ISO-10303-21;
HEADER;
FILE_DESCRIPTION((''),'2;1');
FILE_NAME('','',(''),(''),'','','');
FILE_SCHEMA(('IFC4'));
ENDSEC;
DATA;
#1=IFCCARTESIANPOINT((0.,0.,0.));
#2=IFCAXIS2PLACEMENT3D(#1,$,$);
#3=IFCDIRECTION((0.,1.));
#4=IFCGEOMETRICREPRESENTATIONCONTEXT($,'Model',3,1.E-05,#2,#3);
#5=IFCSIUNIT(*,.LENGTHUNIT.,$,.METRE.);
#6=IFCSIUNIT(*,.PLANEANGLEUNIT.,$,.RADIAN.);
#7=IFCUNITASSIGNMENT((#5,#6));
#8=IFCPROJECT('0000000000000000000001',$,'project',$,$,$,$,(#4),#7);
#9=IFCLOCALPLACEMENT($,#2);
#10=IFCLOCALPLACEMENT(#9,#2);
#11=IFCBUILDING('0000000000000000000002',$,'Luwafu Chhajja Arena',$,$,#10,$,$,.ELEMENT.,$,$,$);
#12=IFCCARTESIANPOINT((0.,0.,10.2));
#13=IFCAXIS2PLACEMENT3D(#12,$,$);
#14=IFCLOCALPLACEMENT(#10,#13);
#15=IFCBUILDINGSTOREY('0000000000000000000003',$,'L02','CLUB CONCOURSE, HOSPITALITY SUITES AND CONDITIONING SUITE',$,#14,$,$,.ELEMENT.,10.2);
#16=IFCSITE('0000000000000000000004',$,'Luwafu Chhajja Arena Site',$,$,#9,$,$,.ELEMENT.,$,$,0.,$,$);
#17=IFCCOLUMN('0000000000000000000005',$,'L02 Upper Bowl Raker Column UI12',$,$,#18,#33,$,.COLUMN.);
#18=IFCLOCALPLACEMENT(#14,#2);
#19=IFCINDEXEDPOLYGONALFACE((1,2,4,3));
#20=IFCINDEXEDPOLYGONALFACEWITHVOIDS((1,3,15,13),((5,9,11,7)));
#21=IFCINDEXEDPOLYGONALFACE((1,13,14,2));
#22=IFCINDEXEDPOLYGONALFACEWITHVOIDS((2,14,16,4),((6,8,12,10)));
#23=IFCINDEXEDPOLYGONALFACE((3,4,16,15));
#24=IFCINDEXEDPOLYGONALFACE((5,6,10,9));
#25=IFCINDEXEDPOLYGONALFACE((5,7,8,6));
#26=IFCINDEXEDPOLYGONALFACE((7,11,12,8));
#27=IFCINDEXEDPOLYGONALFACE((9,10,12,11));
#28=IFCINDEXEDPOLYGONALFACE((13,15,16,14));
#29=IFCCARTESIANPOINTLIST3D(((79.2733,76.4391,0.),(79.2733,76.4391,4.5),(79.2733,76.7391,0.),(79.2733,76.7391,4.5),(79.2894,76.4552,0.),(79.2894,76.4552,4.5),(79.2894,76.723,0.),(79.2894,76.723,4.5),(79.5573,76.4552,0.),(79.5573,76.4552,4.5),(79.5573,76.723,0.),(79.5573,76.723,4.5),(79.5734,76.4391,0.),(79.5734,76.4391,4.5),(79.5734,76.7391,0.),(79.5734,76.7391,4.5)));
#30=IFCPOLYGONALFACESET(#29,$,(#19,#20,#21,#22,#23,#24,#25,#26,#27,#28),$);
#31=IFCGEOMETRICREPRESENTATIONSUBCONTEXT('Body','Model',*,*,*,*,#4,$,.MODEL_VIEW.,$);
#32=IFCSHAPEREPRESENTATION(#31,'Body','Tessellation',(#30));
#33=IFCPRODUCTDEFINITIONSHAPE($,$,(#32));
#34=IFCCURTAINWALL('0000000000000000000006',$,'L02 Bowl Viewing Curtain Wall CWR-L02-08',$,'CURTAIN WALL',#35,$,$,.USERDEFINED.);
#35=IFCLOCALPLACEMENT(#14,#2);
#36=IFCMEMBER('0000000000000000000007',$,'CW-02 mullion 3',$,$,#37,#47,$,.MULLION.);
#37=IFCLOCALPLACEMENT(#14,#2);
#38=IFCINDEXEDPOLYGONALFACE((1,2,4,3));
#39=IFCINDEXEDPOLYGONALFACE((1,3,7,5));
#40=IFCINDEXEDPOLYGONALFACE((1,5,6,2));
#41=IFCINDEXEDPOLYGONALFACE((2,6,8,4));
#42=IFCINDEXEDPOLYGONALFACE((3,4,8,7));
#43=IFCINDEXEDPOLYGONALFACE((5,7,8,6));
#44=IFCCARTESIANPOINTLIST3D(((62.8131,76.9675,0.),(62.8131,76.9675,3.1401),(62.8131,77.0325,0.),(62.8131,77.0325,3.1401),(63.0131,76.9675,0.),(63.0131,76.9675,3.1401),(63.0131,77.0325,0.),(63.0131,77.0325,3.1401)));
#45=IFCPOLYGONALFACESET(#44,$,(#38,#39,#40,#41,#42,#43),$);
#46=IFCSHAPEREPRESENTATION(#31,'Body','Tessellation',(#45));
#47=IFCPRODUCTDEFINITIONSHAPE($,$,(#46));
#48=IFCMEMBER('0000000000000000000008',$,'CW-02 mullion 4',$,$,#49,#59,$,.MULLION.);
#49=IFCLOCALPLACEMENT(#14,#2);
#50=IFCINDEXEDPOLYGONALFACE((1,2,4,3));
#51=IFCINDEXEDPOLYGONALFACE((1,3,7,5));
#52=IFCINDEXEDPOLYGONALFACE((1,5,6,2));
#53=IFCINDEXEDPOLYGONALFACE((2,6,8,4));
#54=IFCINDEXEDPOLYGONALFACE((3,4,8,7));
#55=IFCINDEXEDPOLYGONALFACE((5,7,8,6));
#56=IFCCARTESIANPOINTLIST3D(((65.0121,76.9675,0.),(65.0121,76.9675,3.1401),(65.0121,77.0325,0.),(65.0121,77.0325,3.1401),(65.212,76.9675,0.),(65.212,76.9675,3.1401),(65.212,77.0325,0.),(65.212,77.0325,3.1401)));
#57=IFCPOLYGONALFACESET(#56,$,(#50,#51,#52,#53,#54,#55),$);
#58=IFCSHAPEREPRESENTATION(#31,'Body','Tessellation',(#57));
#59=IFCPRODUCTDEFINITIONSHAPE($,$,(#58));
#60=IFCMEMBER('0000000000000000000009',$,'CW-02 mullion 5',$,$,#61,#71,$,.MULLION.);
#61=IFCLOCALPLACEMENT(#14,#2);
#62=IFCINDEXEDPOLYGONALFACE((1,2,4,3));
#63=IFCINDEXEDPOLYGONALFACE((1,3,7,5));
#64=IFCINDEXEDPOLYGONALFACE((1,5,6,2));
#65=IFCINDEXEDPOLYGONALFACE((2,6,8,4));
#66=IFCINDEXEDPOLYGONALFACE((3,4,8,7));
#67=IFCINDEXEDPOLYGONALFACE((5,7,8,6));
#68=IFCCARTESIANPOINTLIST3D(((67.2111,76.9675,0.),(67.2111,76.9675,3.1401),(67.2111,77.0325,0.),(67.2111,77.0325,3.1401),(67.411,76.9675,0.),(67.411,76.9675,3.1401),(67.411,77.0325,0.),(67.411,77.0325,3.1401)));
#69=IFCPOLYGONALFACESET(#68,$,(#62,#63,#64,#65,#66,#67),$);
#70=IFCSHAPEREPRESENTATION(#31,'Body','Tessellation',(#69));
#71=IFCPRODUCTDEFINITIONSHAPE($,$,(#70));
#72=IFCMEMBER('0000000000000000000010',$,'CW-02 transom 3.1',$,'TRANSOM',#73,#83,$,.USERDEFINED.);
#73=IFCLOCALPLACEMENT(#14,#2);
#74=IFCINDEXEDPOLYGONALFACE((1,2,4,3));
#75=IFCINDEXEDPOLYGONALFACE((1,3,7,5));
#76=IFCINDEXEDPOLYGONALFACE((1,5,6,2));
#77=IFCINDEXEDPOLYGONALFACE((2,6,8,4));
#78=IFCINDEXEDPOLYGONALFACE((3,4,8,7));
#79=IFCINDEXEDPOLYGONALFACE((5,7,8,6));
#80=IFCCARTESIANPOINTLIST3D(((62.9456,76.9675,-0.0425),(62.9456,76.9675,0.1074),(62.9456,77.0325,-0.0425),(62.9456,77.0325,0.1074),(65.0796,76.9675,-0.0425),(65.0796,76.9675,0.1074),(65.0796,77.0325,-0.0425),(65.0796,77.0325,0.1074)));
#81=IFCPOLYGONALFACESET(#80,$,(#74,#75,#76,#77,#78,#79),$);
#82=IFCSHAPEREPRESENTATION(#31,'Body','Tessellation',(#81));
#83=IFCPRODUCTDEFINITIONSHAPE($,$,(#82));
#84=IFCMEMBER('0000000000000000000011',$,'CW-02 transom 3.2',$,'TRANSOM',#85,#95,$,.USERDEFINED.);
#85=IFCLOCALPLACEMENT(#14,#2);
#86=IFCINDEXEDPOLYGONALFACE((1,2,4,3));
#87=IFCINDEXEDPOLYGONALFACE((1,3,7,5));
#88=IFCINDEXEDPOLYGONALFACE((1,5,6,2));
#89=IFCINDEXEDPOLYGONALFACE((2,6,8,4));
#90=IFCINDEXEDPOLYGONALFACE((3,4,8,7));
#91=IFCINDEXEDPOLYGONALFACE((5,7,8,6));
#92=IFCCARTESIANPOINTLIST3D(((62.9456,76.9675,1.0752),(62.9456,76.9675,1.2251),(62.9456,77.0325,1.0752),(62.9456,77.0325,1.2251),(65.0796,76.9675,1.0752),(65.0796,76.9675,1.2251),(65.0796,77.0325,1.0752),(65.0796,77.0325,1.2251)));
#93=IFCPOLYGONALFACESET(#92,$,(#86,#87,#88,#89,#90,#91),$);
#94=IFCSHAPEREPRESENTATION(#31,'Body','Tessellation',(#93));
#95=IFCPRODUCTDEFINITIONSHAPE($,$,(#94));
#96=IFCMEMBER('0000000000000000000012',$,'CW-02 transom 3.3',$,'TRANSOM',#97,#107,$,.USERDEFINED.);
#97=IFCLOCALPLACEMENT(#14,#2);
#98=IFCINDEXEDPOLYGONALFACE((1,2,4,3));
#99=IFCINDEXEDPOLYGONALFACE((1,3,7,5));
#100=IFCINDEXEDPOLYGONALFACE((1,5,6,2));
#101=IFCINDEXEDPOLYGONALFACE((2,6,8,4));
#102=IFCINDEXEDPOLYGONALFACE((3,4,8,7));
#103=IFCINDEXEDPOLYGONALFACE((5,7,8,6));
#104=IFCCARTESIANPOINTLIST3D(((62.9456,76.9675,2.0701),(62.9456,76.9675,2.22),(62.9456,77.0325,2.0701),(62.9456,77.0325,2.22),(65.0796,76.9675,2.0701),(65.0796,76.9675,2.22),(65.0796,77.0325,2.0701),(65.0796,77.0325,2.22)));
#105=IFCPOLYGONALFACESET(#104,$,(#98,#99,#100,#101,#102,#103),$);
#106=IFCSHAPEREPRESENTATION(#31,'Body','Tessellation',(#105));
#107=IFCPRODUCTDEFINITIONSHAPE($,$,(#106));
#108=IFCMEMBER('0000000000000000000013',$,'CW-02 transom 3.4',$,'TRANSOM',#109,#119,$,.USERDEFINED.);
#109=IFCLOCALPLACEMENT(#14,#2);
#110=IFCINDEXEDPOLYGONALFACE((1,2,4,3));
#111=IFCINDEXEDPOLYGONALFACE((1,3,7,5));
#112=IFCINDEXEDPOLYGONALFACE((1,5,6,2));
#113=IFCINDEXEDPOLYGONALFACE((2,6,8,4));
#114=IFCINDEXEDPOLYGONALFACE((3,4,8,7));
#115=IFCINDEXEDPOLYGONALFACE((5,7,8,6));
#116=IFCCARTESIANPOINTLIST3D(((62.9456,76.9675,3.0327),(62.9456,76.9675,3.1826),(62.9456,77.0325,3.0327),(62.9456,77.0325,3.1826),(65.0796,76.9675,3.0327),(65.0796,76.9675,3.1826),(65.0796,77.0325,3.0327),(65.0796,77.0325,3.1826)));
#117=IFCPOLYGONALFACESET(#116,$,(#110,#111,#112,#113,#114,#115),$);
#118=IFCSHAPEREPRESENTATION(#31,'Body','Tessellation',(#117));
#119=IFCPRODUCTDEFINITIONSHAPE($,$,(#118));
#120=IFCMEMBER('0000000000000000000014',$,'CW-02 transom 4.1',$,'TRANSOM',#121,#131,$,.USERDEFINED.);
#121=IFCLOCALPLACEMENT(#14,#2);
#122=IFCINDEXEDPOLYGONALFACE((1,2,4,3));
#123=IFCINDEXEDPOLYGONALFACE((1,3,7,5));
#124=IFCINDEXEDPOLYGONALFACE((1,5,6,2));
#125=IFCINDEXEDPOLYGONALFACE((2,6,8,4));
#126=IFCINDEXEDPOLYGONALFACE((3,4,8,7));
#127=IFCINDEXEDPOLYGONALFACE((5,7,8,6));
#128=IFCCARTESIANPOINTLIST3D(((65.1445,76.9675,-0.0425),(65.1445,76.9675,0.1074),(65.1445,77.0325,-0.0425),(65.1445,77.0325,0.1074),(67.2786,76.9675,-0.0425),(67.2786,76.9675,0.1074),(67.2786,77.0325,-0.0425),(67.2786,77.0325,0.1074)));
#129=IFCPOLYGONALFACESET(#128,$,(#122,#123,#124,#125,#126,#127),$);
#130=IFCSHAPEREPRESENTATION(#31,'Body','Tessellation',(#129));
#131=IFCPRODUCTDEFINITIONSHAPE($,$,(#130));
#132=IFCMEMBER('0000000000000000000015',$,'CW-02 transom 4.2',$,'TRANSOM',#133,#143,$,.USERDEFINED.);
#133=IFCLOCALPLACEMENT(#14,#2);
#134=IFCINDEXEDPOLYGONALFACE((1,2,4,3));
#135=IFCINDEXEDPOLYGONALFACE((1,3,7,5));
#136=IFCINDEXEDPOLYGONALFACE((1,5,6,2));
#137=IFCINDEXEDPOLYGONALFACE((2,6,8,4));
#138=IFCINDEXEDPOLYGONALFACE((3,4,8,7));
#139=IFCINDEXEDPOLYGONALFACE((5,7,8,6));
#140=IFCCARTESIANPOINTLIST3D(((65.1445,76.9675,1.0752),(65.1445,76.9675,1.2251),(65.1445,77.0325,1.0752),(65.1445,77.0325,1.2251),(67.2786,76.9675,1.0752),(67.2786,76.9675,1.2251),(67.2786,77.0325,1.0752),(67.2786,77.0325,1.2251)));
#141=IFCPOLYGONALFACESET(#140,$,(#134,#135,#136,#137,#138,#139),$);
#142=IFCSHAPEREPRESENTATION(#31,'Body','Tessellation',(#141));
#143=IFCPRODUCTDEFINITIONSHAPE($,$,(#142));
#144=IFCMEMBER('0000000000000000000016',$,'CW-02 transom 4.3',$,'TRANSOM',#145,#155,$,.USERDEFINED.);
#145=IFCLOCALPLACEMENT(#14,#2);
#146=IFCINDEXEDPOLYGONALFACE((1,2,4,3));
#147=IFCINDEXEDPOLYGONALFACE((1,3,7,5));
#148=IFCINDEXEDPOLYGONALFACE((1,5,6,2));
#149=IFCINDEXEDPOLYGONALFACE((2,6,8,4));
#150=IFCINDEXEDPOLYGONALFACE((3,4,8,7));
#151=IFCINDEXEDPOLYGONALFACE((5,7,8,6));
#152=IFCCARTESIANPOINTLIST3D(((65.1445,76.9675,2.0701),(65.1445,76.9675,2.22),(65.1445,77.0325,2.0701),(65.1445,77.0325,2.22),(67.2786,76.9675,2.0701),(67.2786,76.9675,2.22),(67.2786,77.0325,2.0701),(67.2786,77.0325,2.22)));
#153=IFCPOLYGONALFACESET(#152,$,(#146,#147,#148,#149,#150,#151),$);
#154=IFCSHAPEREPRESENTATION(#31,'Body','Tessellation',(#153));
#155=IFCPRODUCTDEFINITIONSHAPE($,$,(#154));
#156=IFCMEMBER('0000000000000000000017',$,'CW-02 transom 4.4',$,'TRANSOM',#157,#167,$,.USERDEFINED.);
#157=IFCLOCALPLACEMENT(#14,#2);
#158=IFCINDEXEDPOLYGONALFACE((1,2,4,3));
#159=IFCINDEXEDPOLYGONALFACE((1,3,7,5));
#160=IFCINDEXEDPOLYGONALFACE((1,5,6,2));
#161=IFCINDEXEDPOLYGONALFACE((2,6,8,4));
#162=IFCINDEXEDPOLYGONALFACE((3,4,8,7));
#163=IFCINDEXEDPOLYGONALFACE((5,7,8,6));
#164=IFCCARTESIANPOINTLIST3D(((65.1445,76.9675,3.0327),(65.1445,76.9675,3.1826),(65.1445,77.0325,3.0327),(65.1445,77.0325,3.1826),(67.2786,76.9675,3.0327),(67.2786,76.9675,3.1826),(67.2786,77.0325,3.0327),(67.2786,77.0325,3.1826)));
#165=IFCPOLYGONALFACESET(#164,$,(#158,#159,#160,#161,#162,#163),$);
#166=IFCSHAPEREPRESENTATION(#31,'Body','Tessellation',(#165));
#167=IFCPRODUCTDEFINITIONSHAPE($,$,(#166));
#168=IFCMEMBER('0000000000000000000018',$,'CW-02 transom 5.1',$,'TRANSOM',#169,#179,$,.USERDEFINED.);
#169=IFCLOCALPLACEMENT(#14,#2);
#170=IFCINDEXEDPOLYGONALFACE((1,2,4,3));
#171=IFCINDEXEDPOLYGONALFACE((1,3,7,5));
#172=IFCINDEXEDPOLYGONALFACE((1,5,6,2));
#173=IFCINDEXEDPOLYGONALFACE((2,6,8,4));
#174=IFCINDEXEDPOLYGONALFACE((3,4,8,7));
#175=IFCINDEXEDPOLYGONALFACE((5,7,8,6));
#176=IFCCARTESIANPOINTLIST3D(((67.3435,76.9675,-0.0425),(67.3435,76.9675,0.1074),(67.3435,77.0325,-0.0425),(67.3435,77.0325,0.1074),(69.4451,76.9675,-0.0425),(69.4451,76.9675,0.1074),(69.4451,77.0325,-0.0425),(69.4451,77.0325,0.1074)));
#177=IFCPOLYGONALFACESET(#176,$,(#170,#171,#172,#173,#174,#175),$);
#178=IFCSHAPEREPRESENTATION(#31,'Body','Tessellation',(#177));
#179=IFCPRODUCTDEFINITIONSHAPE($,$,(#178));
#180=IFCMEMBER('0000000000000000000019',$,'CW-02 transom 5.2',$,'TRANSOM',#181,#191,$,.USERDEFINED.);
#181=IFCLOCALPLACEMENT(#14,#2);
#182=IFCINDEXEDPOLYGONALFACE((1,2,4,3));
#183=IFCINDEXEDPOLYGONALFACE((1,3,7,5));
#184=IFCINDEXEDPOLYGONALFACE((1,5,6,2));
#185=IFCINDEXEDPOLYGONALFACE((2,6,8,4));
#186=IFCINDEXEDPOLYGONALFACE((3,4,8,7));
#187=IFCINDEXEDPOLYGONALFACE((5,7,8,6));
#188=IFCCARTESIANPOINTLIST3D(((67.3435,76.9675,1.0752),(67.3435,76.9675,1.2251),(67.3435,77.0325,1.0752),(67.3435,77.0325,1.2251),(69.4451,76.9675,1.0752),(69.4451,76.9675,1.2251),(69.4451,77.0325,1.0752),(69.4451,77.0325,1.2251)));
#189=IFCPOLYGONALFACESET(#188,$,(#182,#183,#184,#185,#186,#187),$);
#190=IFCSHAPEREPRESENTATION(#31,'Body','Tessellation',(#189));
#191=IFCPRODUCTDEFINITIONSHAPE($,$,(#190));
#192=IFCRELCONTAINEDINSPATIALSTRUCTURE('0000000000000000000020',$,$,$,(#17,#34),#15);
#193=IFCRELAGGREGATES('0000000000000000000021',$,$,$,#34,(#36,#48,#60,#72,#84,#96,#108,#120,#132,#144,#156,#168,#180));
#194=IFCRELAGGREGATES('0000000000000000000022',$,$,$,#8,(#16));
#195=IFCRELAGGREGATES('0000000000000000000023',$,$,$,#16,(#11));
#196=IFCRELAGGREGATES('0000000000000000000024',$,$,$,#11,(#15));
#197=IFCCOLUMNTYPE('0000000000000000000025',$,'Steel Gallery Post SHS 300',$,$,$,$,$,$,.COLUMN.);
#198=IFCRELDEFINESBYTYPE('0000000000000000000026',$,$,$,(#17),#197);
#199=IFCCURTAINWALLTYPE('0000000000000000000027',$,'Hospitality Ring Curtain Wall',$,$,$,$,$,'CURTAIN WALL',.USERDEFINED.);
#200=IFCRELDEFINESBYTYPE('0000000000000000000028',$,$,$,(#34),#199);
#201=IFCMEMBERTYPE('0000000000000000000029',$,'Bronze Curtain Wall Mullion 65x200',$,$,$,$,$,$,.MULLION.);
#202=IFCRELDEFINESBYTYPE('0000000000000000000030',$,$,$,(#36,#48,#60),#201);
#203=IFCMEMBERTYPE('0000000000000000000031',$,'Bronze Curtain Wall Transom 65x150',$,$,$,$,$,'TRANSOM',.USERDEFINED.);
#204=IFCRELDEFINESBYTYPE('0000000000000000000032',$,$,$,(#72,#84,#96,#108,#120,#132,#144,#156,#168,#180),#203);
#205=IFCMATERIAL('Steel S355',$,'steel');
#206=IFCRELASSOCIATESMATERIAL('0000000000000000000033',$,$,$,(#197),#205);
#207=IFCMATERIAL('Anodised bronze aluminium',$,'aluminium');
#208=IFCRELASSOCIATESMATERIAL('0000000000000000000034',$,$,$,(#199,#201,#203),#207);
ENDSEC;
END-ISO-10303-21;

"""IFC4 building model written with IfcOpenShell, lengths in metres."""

from ifc_helpers import new_model, si_unit, direction, frame, origin, origin_2d, place, context, subcontext, project, spatial, rectangle, hollow_rectangle, extrude, material, material_profile, profile_set, type_object, element, aggregate, save


model = new_model("IFC4")

# Units and contexts
model_context = context("Model", 3, precision=1e-05, world=origin(), true_north=direction((0.0, 1.0)))
body_context = subcontext(model_context, "Body", "Model", "MODEL_VIEW")
ifc_project = project(units=[si_unit("LENGTHUNIT", "METRE"), si_unit("PLANEANGLEUNIT", "RADIAN")], contexts=[model_context])

# Site, building, storey
site_placement = place(None, origin())
site = spatial("IfcSite", under=ifc_project, at=site_placement, Name="Luwafu Chhajja Arena Site", CompositionType="ELEMENT", RefElevation=0.0)
building_placement = place(site_placement, origin())
building = spatial("IfcBuilding", under=site, at=building_placement, Name="Luwafu Chhajja Arena", CompositionType="ELEMENT")
storey_placement = place(building_placement, frame((0.0, 0.0, 10.2)))
storey = spatial("IfcBuildingStorey", under=building, at=storey_placement, Name="L02", Description="CLUB CONCOURSE, HOSPITALITY SUITES AND CONDITIONING SUITE", CompositionType="ELEMENT", Elevation=10.2)

# Column
ifc_material_1 = material(Name="Steel S355", Category="steel")
ifc_material_profile_1 = material_profile(ifc_material_1, hollow_rectangle(XDim=0.3, YDim=0.3, WallThickness=0.0161, at=origin_2d()), Name="SHS 300x300x16")
ifc_profile_set_1 = profile_set([ifc_material_profile_1], Name="Steel S355")
column_type = type_object("IfcColumnType", Name="Steel Gallery Post SHS 300", PredefinedType="COLUMN", material=ifc_profile_set_1)
column_placement = place(storey_placement, frame((79.4233, 76.5891, 0.0), z_axis=(0.0, 0.0, 1.0), x_axis=(1.0, 0.0, 0.0)))
element("IfcColumn", 1, at=column_placement, inside=storey, type_object=column_type, Name="L02 Upper Bowl Raker Column UI12", PredefinedType="COLUMN", context=body_context, shape_type="SweptSolid", body=[
    extrude(hollow_rectangle(XDim=0.3, YDim=0.3, WallThickness=0.0161, at=origin_2d()), origin(), (0.0, 0.0, 1.0), 4.5),
])

# Curtain wall, members
ifc_material_2 = material(Name="Anodised bronze aluminium", Category="aluminium")
curtain_wall_type = type_object("IfcCurtainWallType", Name="Hospitality Ring Curtain Wall", ElementType="CURTAIN WALL", PredefinedType="USERDEFINED", material=ifc_material_2)
curtain_wall_placement = place(storey_placement, origin())
curtain_wall = element("IfcCurtainWall", 2, at=curtain_wall_placement, inside=storey, type_object=curtain_wall_type, Name="L02 Bowl Viewing Curtain Wall CWR-L02-08", ObjectType="CURTAIN WALL", PredefinedType="USERDEFINED")
ifc_material_profile_2 = material_profile(ifc_material_2, rectangle(XDim=0.0649, YDim=0.2, at=origin_2d()), Name="CWM 65x200")
ifc_profile_set_2 = profile_set([ifc_material_profile_2], Name="Anodised bronze aluminium")
member_type_1 = type_object("IfcMemberType", Name="Bronze Curtain Wall Mullion 65x200", PredefinedType="MULLION", material=ifc_profile_set_2)
member_1_placement = place(storey_placement, frame((62.9131, 77.0, 0.0), z_axis=(0.0, 0.0, 1.0), x_axis=(0.0, 1.0, 0.0)))
member_1 = element("IfcMember", 3, at=member_1_placement, type_object=member_type_1, Name="CW-02 mullion 3", PredefinedType="MULLION", context=body_context, shape_type="SweptSolid", body=[
    extrude(rectangle(XDim=0.0649, YDim=0.2, at=origin_2d()), origin(), (0.0, 0.0, 1.0), 3.1401),
])
member_2_placement = place(storey_placement, frame((65.1121, 77.0, 0.0), z_axis=(0.0, 0.0, 1.0), x_axis=(0.0, 1.0, 0.0)))
member_2 = element("IfcMember", 4, at=member_2_placement, type_object=member_type_1, Name="CW-02 mullion 4", PredefinedType="MULLION", context=body_context, shape_type="SweptSolid", body=[
    extrude(rectangle(XDim=0.0649, YDim=0.2, at=origin_2d()), origin(), (0.0, 0.0, 1.0), 3.1401),
])
member_3_placement = place(storey_placement, frame((67.311, 77.0, 0.0), z_axis=(0.0, 0.0, 1.0), x_axis=(0.0, 1.0, 0.0)))
member_3 = element("IfcMember", 5, at=member_3_placement, type_object=member_type_1, Name="CW-02 mullion 5", PredefinedType="MULLION", context=body_context, shape_type="SweptSolid", body=[
    extrude(rectangle(XDim=0.0649, YDim=0.2, at=origin_2d()), origin(), (0.0, 0.0, 1.0), 3.1401),
])
ifc_material_profile_3 = material_profile(ifc_material_2, rectangle(XDim=0.0649, YDim=0.1499, at=origin_2d()), Name="CWT 65x150")
ifc_profile_set_3 = profile_set([ifc_material_profile_3], Name="Anodised bronze aluminium")
member_type_2 = type_object("IfcMemberType", Name="Bronze Curtain Wall Transom 65x150", ElementType="TRANSOM", PredefinedType="USERDEFINED", material=ifc_profile_set_3)
member_4_placement = place(storey_placement, frame((62.9456, 77.0, 0.0325), z_axis=(1.0, 0.0, 0.0), x_axis=(0.0, 1.0, 0.0)))
member_4 = element("IfcMember", 6, at=member_4_placement, type_object=member_type_2, Name="CW-02 transom 3.1", ObjectType="TRANSOM", PredefinedType="USERDEFINED", context=body_context, shape_type="SweptSolid", body=[
    extrude(rectangle(XDim=0.0649, YDim=0.1499, at=origin_2d()), origin(), (0.0, 0.0, 1.0), 2.134),
])
member_5_placement = place(storey_placement, frame((62.9456, 77.0, 1.1501), z_axis=(1.0, 0.0, 0.0), x_axis=(0.0, 1.0, 0.0)))
member_5 = element("IfcMember", 7, at=member_5_placement, type_object=member_type_2, Name="CW-02 transom 3.2", ObjectType="TRANSOM", PredefinedType="USERDEFINED", context=body_context, shape_type="SweptSolid", body=[
    extrude(rectangle(XDim=0.0649, YDim=0.1499, at=origin_2d()), origin(), (0.0, 0.0, 1.0), 2.134),
])
member_6_placement = place(storey_placement, frame((62.9456, 77.0, 2.145), z_axis=(1.0, 0.0, 0.0), x_axis=(0.0, 1.0, 0.0)))
member_6 = element("IfcMember", 8, at=member_6_placement, type_object=member_type_2, Name="CW-02 transom 3.3", ObjectType="TRANSOM", PredefinedType="USERDEFINED", context=body_context, shape_type="SweptSolid", body=[
    extrude(rectangle(XDim=0.0649, YDim=0.1499, at=origin_2d()), origin(), (0.0, 0.0, 1.0), 2.134),
])
member_7_placement = place(storey_placement, frame((62.9456, 77.0, 3.1077), z_axis=(1.0, 0.0, 0.0), x_axis=(0.0, 1.0, 0.0)))
member_7 = element("IfcMember", 9, at=member_7_placement, type_object=member_type_2, Name="CW-02 transom 3.4", ObjectType="TRANSOM", PredefinedType="USERDEFINED", context=body_context, shape_type="SweptSolid", body=[
    extrude(rectangle(XDim=0.0649, YDim=0.1499, at=origin_2d()), origin(), (0.0, 0.0, 1.0), 2.134),
])
member_8_placement = place(storey_placement, frame((65.1445, 77.0, 0.0325), z_axis=(1.0, 0.0, 0.0), x_axis=(0.0, 1.0, 0.0)))
member_8 = element("IfcMember", 10, at=member_8_placement, type_object=member_type_2, Name="CW-02 transom 4.1", ObjectType="TRANSOM", PredefinedType="USERDEFINED", context=body_context, shape_type="SweptSolid", body=[
    extrude(rectangle(XDim=0.0649, YDim=0.1499, at=origin_2d()), origin(), (0.0, 0.0, 1.0), 2.134),
])
member_9_placement = place(storey_placement, frame((65.1445, 77.0, 1.1501), z_axis=(1.0, 0.0, 0.0), x_axis=(0.0, 1.0, 0.0)))
member_9 = element("IfcMember", 11, at=member_9_placement, type_object=member_type_2, Name="CW-02 transom 4.2", ObjectType="TRANSOM", PredefinedType="USERDEFINED", context=body_context, shape_type="SweptSolid", body=[
    extrude(rectangle(XDim=0.0649, YDim=0.1499, at=origin_2d()), origin(), (0.0, 0.0, 1.0), 2.134),
])
member_10_placement = place(storey_placement, frame((65.1445, 77.0, 2.145), z_axis=(1.0, 0.0, 0.0), x_axis=(0.0, 1.0, 0.0)))
member_10 = element("IfcMember", 12, at=member_10_placement, type_object=member_type_2, Name="CW-02 transom 4.3", ObjectType="TRANSOM", PredefinedType="USERDEFINED", context=body_context, shape_type="SweptSolid", body=[
    extrude(rectangle(XDim=0.0649, YDim=0.1499, at=origin_2d()), origin(), (0.0, 0.0, 1.0), 2.134),
])
member_11_placement = place(storey_placement, frame((65.1445, 77.0, 3.1077), z_axis=(1.0, 0.0, 0.0), x_axis=(0.0, 1.0, 0.0)))
member_11 = element("IfcMember", 13, at=member_11_placement, type_object=member_type_2, Name="CW-02 transom 4.4", ObjectType="TRANSOM", PredefinedType="USERDEFINED", context=body_context, shape_type="SweptSolid", body=[
    extrude(rectangle(XDim=0.0649, YDim=0.1499, at=origin_2d()), origin(), (0.0, 0.0, 1.0), 2.134),
])
member_12_placement = place(storey_placement, frame((67.3435, 77.0, 0.0325), z_axis=(1.0, 0.0, 0.0), x_axis=(0.0, 1.0, 0.0)))
member_12 = element("IfcMember", 14, at=member_12_placement, type_object=member_type_2, Name="CW-02 transom 5.1", ObjectType="TRANSOM", PredefinedType="USERDEFINED", context=body_context, shape_type="SweptSolid", body=[
    extrude(rectangle(XDim=0.0649, YDim=0.1499, at=origin_2d()), origin(), (0.0, 0.0, 1.0), 2.1016),
])
member_13_placement = place(storey_placement, frame((67.3435, 77.0, 1.1501), z_axis=(1.0, 0.0, 0.0), x_axis=(0.0, 1.0, 0.0)))
member_13 = element("IfcMember", 15, at=member_13_placement, type_object=member_type_2, Name="CW-02 transom 5.2", ObjectType="TRANSOM", PredefinedType="USERDEFINED", context=body_context, shape_type="SweptSolid", body=[
    extrude(rectangle(XDim=0.0649, YDim=0.1499, at=origin_2d()), origin(), (0.0, 0.0, 1.0), 2.1016),
])
aggregate(curtain_wall, [member_1, member_2, member_3, member_4, member_5, member_6, member_7, member_8, member_9, member_10, member_11, member_12, member_13])

save(model, "model.ifc")
